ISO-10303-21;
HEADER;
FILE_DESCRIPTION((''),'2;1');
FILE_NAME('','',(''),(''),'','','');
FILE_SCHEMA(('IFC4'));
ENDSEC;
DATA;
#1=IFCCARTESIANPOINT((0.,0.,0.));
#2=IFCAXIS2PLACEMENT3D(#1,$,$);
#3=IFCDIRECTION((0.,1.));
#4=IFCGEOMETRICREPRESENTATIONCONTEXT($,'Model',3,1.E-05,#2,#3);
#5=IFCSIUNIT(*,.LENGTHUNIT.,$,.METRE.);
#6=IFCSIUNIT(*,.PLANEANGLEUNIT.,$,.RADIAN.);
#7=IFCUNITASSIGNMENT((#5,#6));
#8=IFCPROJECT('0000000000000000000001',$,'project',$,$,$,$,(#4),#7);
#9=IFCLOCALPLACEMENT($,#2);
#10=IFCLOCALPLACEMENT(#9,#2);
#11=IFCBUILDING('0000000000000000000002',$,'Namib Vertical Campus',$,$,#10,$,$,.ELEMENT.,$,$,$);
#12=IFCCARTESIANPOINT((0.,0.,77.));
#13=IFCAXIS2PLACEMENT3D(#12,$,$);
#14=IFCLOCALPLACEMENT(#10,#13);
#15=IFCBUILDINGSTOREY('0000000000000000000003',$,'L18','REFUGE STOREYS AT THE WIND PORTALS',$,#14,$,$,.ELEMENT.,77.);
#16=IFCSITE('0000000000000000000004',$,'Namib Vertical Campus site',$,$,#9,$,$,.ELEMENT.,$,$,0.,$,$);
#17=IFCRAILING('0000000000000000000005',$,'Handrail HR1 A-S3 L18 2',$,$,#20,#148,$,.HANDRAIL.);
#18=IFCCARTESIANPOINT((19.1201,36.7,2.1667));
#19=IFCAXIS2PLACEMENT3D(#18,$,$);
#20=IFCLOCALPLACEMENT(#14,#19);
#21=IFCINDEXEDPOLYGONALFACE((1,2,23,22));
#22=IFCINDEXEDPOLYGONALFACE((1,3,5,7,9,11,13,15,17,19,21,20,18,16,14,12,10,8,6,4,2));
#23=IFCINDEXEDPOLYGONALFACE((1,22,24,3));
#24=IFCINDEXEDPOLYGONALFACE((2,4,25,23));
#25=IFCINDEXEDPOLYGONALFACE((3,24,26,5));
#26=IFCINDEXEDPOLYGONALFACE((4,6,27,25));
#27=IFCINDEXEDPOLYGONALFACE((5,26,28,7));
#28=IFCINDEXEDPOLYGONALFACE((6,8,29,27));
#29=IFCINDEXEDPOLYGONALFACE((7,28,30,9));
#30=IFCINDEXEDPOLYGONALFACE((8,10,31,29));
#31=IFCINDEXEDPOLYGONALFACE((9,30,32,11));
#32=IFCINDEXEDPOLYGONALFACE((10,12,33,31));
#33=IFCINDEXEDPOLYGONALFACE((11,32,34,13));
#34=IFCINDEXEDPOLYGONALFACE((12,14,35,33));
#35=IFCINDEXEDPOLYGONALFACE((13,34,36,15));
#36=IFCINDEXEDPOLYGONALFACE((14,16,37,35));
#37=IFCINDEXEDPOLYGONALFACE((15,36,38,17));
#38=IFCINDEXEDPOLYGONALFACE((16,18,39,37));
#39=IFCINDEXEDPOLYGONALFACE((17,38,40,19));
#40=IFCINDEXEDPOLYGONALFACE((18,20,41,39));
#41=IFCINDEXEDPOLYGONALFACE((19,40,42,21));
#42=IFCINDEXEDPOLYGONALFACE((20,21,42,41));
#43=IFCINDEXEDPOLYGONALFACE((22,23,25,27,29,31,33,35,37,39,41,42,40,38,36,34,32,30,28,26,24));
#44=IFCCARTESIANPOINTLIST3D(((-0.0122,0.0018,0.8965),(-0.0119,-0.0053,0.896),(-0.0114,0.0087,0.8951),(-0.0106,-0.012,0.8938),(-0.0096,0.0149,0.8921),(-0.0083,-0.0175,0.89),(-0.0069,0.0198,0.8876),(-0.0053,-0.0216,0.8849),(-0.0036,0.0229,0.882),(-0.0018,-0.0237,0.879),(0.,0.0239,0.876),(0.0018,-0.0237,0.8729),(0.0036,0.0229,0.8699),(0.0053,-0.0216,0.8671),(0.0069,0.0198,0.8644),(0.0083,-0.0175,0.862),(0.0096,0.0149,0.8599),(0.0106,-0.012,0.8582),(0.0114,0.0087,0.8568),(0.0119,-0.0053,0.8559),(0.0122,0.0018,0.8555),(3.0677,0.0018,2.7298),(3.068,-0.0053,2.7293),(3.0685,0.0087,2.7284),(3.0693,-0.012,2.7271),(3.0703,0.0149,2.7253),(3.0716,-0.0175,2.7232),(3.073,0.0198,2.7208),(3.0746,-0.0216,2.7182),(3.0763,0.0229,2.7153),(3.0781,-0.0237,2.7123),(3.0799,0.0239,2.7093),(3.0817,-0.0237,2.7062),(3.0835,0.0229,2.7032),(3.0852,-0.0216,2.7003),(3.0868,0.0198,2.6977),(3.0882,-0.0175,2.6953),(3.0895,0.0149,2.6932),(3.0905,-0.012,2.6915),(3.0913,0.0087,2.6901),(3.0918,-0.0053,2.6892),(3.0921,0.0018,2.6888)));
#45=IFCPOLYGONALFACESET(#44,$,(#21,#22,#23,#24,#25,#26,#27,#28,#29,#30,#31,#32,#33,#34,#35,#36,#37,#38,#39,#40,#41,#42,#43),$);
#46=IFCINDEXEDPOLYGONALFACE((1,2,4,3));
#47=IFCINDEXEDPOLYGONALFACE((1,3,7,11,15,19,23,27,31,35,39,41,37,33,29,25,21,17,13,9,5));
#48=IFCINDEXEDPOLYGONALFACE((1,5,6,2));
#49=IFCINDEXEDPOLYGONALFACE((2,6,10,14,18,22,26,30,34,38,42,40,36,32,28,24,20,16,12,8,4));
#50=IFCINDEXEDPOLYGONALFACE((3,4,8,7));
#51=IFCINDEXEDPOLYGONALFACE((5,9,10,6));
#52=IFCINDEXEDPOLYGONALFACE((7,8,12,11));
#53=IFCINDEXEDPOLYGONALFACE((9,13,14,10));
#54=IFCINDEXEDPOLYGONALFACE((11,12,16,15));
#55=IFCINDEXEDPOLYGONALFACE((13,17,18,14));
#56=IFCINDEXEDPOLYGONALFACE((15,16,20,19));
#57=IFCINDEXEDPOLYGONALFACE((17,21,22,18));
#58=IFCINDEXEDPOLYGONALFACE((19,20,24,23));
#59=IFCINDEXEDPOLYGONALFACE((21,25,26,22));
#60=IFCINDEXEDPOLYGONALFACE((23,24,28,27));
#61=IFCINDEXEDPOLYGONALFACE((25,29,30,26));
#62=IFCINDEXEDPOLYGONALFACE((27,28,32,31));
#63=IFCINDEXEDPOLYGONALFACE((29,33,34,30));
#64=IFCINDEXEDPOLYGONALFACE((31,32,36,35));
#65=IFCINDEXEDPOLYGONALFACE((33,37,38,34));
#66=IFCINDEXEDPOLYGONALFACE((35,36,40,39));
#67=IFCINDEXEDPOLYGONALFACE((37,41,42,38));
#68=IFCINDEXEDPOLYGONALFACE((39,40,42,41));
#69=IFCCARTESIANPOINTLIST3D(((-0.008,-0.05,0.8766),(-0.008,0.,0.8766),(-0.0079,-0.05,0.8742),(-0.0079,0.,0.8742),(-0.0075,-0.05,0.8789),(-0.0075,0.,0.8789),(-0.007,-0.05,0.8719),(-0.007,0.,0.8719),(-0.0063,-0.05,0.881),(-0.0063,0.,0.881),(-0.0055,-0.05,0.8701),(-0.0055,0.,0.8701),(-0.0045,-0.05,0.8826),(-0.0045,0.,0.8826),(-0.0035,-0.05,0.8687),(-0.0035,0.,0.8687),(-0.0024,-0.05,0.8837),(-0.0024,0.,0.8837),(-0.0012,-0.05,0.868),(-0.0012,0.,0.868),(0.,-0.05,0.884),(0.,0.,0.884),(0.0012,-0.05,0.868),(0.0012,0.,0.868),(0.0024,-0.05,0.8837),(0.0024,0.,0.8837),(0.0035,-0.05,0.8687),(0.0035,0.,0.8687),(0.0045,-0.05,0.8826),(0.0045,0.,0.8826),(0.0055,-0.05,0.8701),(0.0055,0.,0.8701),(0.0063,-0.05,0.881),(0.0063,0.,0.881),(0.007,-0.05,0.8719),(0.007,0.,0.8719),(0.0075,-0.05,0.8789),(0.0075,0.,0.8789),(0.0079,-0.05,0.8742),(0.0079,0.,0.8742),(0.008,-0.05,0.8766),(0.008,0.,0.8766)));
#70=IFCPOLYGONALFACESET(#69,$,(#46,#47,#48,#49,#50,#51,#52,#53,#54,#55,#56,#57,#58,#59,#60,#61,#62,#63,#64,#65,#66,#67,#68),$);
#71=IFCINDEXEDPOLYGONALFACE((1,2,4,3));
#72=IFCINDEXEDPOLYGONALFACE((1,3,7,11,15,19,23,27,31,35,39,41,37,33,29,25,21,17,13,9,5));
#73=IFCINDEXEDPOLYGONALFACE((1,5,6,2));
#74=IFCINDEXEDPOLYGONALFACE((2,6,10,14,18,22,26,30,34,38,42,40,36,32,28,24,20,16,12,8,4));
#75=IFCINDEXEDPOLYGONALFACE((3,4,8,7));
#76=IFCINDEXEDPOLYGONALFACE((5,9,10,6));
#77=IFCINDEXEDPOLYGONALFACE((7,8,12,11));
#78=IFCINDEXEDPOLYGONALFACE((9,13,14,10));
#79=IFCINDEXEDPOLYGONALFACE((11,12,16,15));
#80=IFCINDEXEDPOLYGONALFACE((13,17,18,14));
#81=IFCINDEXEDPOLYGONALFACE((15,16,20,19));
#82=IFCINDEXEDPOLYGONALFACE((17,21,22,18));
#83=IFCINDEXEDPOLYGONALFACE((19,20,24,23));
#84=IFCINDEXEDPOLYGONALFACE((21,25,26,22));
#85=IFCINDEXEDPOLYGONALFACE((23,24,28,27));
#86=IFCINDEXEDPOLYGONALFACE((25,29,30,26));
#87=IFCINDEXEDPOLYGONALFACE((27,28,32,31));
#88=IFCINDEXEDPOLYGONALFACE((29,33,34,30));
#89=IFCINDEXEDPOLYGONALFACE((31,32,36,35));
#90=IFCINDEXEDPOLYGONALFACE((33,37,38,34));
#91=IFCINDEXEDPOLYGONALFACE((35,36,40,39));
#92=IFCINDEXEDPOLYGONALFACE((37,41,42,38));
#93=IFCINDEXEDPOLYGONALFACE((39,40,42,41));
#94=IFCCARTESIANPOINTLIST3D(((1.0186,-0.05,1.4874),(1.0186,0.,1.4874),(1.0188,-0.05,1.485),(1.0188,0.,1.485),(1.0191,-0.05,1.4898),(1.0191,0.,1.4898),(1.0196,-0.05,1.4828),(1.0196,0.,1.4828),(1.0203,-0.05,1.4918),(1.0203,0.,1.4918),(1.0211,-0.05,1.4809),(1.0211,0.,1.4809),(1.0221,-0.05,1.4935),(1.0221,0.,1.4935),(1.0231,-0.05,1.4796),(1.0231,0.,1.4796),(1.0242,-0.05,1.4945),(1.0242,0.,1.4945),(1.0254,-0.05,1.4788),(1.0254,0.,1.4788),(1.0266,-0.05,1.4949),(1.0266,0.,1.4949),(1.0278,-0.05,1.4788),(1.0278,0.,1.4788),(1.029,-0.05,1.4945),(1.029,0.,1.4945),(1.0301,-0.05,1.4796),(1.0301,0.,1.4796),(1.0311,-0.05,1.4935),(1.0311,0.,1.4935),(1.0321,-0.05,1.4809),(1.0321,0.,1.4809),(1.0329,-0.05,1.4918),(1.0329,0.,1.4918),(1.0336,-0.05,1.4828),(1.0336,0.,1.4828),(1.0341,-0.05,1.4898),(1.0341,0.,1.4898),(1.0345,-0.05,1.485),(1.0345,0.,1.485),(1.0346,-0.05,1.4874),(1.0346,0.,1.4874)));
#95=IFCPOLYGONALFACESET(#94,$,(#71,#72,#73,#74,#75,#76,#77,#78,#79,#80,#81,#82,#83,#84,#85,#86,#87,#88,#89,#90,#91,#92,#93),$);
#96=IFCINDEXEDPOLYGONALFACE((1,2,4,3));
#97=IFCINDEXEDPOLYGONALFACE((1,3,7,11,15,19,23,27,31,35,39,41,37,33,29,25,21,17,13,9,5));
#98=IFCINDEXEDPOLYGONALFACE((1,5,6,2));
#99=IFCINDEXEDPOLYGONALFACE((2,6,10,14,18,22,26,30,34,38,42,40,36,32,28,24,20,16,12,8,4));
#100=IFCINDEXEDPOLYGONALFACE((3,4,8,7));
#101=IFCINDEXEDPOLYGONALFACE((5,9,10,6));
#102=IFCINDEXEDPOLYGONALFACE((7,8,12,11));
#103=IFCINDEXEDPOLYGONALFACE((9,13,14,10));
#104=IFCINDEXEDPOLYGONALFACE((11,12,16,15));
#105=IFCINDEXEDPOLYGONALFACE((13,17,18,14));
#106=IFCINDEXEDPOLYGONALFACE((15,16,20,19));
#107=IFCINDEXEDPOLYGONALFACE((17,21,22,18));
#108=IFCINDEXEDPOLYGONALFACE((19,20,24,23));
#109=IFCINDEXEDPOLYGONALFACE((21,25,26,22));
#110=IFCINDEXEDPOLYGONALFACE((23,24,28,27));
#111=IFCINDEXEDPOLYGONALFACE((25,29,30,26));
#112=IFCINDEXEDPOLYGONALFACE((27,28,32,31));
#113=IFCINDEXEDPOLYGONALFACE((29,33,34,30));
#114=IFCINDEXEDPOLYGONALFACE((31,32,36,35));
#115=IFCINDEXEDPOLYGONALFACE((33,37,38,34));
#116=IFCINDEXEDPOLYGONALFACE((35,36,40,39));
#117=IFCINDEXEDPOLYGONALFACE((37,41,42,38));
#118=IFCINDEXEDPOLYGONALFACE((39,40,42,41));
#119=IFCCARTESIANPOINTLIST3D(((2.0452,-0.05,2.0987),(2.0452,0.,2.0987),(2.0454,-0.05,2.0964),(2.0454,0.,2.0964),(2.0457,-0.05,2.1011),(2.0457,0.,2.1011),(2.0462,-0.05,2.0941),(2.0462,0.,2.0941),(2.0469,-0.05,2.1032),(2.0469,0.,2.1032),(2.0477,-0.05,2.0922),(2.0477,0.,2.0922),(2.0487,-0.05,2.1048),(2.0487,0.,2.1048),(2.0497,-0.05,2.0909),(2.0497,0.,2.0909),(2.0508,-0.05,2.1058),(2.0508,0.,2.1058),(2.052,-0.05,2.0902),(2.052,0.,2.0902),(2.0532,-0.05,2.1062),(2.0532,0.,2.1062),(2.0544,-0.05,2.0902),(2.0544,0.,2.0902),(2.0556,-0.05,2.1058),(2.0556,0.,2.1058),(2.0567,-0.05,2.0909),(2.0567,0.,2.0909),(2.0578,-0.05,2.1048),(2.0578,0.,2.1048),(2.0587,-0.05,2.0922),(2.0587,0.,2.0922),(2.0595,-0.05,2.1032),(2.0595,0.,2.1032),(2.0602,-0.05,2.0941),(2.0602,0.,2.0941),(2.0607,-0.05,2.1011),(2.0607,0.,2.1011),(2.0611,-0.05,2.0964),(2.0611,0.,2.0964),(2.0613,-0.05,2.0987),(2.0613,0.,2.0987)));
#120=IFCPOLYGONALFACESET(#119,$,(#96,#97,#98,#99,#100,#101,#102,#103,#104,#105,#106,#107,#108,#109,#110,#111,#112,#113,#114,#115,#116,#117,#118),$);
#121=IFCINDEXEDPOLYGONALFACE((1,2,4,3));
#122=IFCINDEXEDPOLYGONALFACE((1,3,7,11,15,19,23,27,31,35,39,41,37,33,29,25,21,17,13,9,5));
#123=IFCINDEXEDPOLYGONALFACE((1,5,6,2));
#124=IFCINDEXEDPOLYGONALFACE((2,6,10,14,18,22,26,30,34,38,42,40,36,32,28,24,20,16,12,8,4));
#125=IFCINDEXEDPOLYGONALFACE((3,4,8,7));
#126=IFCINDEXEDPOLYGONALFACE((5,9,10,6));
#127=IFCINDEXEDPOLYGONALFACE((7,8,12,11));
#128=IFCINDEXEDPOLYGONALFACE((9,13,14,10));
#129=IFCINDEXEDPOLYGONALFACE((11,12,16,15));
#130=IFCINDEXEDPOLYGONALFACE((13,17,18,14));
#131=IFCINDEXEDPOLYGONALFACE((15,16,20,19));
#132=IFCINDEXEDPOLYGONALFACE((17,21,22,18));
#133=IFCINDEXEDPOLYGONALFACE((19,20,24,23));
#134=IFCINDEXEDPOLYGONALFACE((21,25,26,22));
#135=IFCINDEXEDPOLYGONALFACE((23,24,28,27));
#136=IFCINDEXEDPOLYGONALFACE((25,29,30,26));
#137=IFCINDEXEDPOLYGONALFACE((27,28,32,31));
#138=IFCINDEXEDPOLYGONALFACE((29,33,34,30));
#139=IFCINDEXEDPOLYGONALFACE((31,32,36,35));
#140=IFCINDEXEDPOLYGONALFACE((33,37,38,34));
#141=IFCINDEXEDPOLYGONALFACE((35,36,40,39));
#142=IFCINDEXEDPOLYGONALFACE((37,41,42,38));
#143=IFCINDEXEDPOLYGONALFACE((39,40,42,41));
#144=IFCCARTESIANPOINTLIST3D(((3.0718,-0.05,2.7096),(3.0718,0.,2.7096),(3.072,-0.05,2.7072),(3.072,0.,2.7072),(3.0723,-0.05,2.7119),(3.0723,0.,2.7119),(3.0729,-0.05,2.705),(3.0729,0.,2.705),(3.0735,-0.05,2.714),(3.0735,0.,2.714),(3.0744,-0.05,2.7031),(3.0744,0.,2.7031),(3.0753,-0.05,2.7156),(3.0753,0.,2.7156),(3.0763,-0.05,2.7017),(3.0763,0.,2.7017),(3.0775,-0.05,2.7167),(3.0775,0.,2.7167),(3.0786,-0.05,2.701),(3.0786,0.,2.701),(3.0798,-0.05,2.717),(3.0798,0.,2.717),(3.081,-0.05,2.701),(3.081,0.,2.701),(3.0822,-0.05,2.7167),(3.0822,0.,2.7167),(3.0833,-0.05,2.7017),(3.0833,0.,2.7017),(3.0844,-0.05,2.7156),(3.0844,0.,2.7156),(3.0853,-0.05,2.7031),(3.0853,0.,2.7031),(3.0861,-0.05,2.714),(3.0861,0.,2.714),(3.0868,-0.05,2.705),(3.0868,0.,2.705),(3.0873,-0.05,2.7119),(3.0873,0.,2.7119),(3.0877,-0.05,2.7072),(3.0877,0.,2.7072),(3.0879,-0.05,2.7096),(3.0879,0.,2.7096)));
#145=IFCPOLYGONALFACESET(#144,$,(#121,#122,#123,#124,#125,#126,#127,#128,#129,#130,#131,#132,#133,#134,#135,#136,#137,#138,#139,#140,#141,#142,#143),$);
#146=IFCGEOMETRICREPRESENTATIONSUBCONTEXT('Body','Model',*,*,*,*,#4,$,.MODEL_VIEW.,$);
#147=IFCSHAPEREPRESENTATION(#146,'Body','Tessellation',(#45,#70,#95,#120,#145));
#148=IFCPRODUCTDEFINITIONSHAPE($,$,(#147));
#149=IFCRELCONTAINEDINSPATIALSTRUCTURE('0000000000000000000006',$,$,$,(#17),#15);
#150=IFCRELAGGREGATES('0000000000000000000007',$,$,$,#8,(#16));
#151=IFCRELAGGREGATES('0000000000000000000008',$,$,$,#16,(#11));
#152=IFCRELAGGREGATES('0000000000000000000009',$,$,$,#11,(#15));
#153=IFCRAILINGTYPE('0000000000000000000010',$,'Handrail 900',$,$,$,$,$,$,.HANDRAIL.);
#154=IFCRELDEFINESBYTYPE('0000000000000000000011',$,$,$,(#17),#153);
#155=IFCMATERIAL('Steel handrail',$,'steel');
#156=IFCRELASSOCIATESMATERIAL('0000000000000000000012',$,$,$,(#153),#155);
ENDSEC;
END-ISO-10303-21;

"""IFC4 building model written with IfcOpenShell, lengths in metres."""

from ifc_helpers import new_model, si_unit, direction, frame, origin, origin_2d, place, context, subcontext, project, spatial, circle, extrude, material, type_object, element, save


model = new_model("IFC4")

# Units and contexts
model_context = context("Model", 3, precision=1e-05, world=origin(), true_north=direction((0.0, 1.0)))
body_context = subcontext(model_context, "Body", "Model", "MODEL_VIEW")
ifc_project = project(units=[si_unit("LENGTHUNIT", "METRE"), si_unit("PLANEANGLEUNIT", "RADIAN")], contexts=[model_context])

# Site, building, storey
site_placement = place(None, origin())
site = spatial("IfcSite", under=ifc_project, at=site_placement, Name="Namib Vertical Campus site", CompositionType="ELEMENT", RefElevation=0.0)
building_placement = place(site_placement, origin())
building = spatial("IfcBuilding", under=site, at=building_placement, Name="Namib Vertical Campus", CompositionType="ELEMENT")
storey_placement = place(building_placement, frame((0.0, 0.0, 77.0)))
storey = spatial("IfcBuildingStorey", under=building, at=storey_placement, Name="L18", Description="REFUGE STOREYS AT THE WIND PORTALS", CompositionType="ELEMENT", Elevation=77.0)

# Railing
ifc_material_1 = material(Name="Steel handrail", Category="steel")
railing_type_1 = type_object("IfcRailingType", Name="Handrail 900", PredefinedType="HANDRAIL", material=ifc_material_1)
for number, where, name in (
    (1, (19.1201, 36.7, 2.1667), "Handrail HR1 A-S3 L18 2"),
):
    element("IfcRailing", number, at=place(storey_placement, frame(where)), inside=storey, type_object=railing_type_1, Name=name, PredefinedType="HANDRAIL", context=body_context, shape_type="SweptSolid", body=[
        extrude(circle(Radius=0.0239, at=origin_2d()), frame((0.0, 0.0, 0.876), z_axis=(0.859291, 0.0, 0.511487), x_axis=(0.0, 1.0, 0.0)), (0.0, 0.0, 1.0), 3.5842),
        extrude(circle(Radius=0.0081, at=origin_2d()), frame((0.0, 0.0, 0.876), z_axis=(0.0, -1.0, 0.0), x_axis=(0.0, 0.0, 1.0)), (0.0, 0.0, 1.0), 0.05),
        extrude(circle(Radius=0.0081, at=origin_2d()), frame((1.0266, 0.0, 1.4868), z_axis=(0.0, -1.0, 0.0), x_axis=(0.0, 0.0, 1.0)), (0.0, 0.0, 1.0), 0.05),
        extrude(circle(Radius=0.0081, at=origin_2d()), frame((2.0532, 0.0, 2.0981), z_axis=(0.0, -1.0, 0.0), x_axis=(0.0, 0.0, 1.0)), (0.0, 0.0, 1.0), 0.05),
        extrude(circle(Radius=0.0081, at=origin_2d()), frame((3.0798, 0.0, 2.709), z_axis=(0.0, -1.0, 0.0), x_axis=(0.0, 0.0, 1.0)), (0.0, 0.0, 1.0), 0.05),
    ])

save(model, "model.ifc")
